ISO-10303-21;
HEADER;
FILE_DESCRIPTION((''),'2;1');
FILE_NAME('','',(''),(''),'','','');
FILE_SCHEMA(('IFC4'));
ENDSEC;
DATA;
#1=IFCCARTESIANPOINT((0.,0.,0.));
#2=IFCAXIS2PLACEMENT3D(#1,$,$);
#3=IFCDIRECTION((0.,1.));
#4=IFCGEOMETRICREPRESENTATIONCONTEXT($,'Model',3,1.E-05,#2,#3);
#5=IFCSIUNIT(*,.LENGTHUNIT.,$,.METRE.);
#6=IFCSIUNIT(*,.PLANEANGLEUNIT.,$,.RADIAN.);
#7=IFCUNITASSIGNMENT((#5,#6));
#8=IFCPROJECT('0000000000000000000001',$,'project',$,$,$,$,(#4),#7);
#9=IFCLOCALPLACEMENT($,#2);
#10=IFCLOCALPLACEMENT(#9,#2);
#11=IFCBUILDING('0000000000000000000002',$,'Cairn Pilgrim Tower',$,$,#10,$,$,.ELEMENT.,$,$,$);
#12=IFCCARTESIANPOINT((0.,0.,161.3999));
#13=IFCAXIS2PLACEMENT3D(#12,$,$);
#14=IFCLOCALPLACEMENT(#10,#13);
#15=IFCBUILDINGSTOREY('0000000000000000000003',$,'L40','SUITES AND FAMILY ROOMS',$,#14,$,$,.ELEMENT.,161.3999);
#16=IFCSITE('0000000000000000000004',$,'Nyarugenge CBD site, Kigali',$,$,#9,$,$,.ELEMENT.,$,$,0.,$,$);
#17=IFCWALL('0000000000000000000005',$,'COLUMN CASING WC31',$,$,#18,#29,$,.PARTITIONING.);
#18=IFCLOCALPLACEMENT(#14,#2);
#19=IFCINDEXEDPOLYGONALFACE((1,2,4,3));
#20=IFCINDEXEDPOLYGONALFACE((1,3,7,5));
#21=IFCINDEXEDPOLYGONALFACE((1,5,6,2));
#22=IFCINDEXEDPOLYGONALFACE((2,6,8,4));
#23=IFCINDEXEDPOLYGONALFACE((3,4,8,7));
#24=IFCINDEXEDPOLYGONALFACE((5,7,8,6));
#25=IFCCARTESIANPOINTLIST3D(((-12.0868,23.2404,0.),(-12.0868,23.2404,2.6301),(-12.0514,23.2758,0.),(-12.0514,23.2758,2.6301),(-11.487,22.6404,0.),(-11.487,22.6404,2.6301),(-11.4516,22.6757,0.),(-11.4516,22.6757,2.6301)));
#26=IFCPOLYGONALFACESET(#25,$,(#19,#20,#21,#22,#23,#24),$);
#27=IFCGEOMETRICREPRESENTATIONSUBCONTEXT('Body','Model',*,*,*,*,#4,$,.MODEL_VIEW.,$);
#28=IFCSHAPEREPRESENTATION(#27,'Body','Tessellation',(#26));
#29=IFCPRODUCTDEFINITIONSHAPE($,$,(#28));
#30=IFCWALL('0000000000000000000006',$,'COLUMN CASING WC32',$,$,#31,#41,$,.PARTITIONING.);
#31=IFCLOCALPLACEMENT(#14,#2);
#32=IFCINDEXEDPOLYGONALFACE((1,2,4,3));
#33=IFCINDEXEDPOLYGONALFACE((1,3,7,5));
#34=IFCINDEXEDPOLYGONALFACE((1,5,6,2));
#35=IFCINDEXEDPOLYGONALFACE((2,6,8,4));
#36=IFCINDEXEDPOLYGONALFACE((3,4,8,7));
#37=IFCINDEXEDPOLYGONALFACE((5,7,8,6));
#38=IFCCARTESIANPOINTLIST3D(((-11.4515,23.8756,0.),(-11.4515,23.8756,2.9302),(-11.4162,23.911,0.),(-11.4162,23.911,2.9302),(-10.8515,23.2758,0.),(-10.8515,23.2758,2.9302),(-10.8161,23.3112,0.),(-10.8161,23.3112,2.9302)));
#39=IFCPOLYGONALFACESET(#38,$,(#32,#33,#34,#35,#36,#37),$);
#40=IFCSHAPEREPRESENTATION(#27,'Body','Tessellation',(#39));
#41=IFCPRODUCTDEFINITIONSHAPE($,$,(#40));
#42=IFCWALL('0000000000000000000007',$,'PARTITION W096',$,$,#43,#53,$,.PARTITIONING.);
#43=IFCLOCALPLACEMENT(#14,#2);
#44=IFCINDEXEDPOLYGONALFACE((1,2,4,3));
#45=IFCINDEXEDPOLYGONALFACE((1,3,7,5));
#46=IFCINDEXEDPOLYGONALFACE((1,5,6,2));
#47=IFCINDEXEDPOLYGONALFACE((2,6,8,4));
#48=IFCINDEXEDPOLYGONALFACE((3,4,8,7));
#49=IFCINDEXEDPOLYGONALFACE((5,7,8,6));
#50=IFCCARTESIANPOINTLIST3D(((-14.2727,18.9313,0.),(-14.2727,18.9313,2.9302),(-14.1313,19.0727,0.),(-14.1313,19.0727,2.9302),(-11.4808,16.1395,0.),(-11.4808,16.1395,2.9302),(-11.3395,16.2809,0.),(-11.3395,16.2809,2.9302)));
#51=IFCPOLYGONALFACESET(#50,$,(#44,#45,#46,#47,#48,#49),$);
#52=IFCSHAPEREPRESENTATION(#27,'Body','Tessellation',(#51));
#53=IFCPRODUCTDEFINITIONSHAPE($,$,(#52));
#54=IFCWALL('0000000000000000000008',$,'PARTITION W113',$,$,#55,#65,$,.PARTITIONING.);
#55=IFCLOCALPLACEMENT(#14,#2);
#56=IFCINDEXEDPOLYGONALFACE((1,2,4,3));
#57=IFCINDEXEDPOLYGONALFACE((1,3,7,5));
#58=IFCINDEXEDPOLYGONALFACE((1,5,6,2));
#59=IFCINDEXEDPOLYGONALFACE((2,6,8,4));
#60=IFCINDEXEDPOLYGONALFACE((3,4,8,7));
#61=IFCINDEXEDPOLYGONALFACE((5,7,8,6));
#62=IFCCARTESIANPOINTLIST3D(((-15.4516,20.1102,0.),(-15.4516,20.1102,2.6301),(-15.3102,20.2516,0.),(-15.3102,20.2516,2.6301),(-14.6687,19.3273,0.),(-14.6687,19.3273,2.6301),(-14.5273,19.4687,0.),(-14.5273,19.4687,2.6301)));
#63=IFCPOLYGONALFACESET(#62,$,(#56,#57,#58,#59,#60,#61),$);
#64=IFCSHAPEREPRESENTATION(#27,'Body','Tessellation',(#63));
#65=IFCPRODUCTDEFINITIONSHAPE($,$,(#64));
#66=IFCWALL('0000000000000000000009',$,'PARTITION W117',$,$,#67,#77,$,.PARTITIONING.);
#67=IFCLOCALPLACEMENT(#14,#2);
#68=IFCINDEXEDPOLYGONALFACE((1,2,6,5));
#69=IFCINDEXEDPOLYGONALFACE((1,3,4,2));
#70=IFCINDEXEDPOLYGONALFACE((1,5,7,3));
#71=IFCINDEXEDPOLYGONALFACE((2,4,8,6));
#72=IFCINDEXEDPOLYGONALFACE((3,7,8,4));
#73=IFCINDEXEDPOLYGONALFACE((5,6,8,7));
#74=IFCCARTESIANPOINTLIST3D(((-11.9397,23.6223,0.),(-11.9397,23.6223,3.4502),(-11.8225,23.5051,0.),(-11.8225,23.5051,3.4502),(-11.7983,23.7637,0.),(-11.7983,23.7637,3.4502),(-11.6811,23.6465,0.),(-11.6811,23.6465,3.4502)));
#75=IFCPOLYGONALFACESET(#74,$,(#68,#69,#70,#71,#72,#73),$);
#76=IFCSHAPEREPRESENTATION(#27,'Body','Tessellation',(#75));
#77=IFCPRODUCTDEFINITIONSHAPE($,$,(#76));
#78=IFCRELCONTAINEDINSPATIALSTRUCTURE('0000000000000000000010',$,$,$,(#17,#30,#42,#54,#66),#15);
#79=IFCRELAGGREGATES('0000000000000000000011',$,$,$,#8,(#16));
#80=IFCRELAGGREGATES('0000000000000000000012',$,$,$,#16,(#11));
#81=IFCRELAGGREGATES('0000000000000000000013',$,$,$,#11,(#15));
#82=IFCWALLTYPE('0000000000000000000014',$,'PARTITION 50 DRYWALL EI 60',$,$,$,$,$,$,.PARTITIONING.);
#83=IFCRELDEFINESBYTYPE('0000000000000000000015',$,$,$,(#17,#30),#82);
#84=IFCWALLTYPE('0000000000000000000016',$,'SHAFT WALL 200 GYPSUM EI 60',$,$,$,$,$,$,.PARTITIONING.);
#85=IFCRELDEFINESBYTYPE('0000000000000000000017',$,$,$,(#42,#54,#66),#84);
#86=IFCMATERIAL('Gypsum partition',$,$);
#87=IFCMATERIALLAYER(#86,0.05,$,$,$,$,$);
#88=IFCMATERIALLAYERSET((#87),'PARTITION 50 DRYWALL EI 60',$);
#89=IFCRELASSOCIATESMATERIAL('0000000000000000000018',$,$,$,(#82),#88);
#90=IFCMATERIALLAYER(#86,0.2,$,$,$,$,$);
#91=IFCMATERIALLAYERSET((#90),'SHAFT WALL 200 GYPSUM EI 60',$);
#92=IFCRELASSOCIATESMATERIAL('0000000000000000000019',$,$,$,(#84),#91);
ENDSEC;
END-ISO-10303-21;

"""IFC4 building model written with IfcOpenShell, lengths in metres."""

from ifc_helpers import new_model, si_unit, direction, frame, frame_2d, origin, place, context, subcontext, project, spatial, rectangle, extrude, material, layer, layer_set, type_object, element, save


model = new_model("IFC4")

# Units and contexts
model_context = context("Model", 3, precision=1e-05, world=origin(), true_north=direction((0.0, 1.0)))
body_context = subcontext(model_context, "Body", "Model", "MODEL_VIEW")
ifc_project = project(units=[si_unit("LENGTHUNIT", "METRE"), si_unit("PLANEANGLEUNIT", "RADIAN")], contexts=[model_context])

# Site, building, storey
site_placement = place(None, origin())
site = spatial("IfcSite", under=ifc_project, at=site_placement, Name="Nyarugenge CBD site, Kigali", CompositionType="ELEMENT", RefElevation=0.0)
building_placement = place(site_placement, origin())
building = spatial("IfcBuilding", under=site, at=building_placement, Name="Cairn Pilgrim Tower", CompositionType="ELEMENT")
storey_placement = place(building_placement, frame((0.0, 0.0, 161.3999)))
storey = spatial("IfcBuildingStorey", under=building, at=storey_placement, Name="L40", Description="SUITES AND FAMILY ROOMS", CompositionType="ELEMENT", Elevation=161.3999)

# Shared definitions
ifc_material_1 = material(Name="Gypsum partition")

# Walls
ifc_layer_1 = layer(ifc_material_1, 0.05)
ifc_layer_set_1 = layer_set([ifc_layer_1], Name="PARTITION 50 DRYWALL EI 60")
wall_type_1 = type_object("IfcWallType", Name="PARTITION 50 DRYWALL EI 60", PredefinedType="PARTITIONING", material=ifc_layer_set_1)
wall_1_placement = place(storey_placement, frame((-11.4692, 22.658, 0.0), z_axis=(0.0, 0.0, 1.0), x_axis=(-0.706963, 0.707251, 0.0)))
element("IfcWall", 1, at=wall_1_placement, inside=storey, type_object=wall_type_1, Name="COLUMN CASING WC31", PredefinedType="PARTITIONING", context=body_context, shape_type="SweptSolid", body=[
    extrude(rectangle(XDim=0.8484, YDim=0.05, at=frame_2d((0.4243, 0.0))), origin(), (0.0, 0.0, 1.0), 2.6301),
])
wall_2_placement = place(storey_placement, frame((-10.8337, 23.2935, 0.0), z_axis=(0.0, 0.0, 1.0), x_axis=(-0.707251, 0.706963, 0.0)))
element("IfcWall", 2, at=wall_2_placement, inside=storey, type_object=wall_type_1, Name="COLUMN CASING WC32", PredefinedType="PARTITIONING", context=body_context, shape_type="SweptSolid", body=[
    extrude(rectangle(XDim=0.8484, YDim=0.05, at=frame_2d((0.4243, 0.0))), origin(), (0.0, 0.0, 1.0), 2.9302),
])
ifc_layer_2 = layer(ifc_material_1, 0.2)
ifc_layer_set_2 = layer_set([ifc_layer_2], Name="SHAFT WALL 200 GYPSUM EI 60")
wall_type_2 = type_object("IfcWallType", Name="SHAFT WALL 200 GYPSUM EI 60", PredefinedType="PARTITIONING", material=ifc_layer_set_2)
wall_3_placement = place(storey_placement, frame((-11.4102, 16.2102, 0.0), z_axis=(0.0, 0.0, 1.0), x_axis=(-0.707107, 0.707107, 0.0)))
element("IfcWall", 3, at=wall_3_placement, inside=storey, type_object=wall_type_2, Name="PARTITION W096", PredefinedType="PARTITIONING", context=body_context, shape_type="SweptSolid", body=[
    extrude(rectangle(XDim=3.9482, YDim=0.2, at=frame_2d((1.9741, 0.0))), origin(), (0.0, 0.0, 1.0), 2.9302),
])
wall_4_placement = place(storey_placement, frame((-14.5979, 19.3979, 0.0), z_axis=(0.0, 0.0, 1.0), x_axis=(-0.707107, 0.707107, 0.0)))
element("IfcWall", 4, at=wall_4_placement, inside=storey, type_object=wall_type_2, Name="PARTITION W113", PredefinedType="PARTITIONING", context=body_context, shape_type="SweptSolid", body=[
    extrude(rectangle(XDim=1.1072, YDim=0.2, at=frame_2d((0.5537, 0.0))), origin(), (0.0, 0.0, 1.0), 2.6301),
])
wall_5_placement = place(storey_placement, frame((-11.7517, 23.5757, 0.0), z_axis=(0.0, 0.0, 1.0), x_axis=(-0.707107, 0.707107, 0.0)))
element("IfcWall", 5, at=wall_5_placement, inside=storey, type_object=wall_type_2, Name="PARTITION W117", PredefinedType="PARTITIONING", context=body_context, shape_type="SweptSolid", body=[
    extrude(rectangle(XDim=0.1658, YDim=0.2, at=frame_2d((0.083, 0.0))), origin(), (0.0, 0.0, 1.0), 3.4502),
])

save(model, "model.ifc")
